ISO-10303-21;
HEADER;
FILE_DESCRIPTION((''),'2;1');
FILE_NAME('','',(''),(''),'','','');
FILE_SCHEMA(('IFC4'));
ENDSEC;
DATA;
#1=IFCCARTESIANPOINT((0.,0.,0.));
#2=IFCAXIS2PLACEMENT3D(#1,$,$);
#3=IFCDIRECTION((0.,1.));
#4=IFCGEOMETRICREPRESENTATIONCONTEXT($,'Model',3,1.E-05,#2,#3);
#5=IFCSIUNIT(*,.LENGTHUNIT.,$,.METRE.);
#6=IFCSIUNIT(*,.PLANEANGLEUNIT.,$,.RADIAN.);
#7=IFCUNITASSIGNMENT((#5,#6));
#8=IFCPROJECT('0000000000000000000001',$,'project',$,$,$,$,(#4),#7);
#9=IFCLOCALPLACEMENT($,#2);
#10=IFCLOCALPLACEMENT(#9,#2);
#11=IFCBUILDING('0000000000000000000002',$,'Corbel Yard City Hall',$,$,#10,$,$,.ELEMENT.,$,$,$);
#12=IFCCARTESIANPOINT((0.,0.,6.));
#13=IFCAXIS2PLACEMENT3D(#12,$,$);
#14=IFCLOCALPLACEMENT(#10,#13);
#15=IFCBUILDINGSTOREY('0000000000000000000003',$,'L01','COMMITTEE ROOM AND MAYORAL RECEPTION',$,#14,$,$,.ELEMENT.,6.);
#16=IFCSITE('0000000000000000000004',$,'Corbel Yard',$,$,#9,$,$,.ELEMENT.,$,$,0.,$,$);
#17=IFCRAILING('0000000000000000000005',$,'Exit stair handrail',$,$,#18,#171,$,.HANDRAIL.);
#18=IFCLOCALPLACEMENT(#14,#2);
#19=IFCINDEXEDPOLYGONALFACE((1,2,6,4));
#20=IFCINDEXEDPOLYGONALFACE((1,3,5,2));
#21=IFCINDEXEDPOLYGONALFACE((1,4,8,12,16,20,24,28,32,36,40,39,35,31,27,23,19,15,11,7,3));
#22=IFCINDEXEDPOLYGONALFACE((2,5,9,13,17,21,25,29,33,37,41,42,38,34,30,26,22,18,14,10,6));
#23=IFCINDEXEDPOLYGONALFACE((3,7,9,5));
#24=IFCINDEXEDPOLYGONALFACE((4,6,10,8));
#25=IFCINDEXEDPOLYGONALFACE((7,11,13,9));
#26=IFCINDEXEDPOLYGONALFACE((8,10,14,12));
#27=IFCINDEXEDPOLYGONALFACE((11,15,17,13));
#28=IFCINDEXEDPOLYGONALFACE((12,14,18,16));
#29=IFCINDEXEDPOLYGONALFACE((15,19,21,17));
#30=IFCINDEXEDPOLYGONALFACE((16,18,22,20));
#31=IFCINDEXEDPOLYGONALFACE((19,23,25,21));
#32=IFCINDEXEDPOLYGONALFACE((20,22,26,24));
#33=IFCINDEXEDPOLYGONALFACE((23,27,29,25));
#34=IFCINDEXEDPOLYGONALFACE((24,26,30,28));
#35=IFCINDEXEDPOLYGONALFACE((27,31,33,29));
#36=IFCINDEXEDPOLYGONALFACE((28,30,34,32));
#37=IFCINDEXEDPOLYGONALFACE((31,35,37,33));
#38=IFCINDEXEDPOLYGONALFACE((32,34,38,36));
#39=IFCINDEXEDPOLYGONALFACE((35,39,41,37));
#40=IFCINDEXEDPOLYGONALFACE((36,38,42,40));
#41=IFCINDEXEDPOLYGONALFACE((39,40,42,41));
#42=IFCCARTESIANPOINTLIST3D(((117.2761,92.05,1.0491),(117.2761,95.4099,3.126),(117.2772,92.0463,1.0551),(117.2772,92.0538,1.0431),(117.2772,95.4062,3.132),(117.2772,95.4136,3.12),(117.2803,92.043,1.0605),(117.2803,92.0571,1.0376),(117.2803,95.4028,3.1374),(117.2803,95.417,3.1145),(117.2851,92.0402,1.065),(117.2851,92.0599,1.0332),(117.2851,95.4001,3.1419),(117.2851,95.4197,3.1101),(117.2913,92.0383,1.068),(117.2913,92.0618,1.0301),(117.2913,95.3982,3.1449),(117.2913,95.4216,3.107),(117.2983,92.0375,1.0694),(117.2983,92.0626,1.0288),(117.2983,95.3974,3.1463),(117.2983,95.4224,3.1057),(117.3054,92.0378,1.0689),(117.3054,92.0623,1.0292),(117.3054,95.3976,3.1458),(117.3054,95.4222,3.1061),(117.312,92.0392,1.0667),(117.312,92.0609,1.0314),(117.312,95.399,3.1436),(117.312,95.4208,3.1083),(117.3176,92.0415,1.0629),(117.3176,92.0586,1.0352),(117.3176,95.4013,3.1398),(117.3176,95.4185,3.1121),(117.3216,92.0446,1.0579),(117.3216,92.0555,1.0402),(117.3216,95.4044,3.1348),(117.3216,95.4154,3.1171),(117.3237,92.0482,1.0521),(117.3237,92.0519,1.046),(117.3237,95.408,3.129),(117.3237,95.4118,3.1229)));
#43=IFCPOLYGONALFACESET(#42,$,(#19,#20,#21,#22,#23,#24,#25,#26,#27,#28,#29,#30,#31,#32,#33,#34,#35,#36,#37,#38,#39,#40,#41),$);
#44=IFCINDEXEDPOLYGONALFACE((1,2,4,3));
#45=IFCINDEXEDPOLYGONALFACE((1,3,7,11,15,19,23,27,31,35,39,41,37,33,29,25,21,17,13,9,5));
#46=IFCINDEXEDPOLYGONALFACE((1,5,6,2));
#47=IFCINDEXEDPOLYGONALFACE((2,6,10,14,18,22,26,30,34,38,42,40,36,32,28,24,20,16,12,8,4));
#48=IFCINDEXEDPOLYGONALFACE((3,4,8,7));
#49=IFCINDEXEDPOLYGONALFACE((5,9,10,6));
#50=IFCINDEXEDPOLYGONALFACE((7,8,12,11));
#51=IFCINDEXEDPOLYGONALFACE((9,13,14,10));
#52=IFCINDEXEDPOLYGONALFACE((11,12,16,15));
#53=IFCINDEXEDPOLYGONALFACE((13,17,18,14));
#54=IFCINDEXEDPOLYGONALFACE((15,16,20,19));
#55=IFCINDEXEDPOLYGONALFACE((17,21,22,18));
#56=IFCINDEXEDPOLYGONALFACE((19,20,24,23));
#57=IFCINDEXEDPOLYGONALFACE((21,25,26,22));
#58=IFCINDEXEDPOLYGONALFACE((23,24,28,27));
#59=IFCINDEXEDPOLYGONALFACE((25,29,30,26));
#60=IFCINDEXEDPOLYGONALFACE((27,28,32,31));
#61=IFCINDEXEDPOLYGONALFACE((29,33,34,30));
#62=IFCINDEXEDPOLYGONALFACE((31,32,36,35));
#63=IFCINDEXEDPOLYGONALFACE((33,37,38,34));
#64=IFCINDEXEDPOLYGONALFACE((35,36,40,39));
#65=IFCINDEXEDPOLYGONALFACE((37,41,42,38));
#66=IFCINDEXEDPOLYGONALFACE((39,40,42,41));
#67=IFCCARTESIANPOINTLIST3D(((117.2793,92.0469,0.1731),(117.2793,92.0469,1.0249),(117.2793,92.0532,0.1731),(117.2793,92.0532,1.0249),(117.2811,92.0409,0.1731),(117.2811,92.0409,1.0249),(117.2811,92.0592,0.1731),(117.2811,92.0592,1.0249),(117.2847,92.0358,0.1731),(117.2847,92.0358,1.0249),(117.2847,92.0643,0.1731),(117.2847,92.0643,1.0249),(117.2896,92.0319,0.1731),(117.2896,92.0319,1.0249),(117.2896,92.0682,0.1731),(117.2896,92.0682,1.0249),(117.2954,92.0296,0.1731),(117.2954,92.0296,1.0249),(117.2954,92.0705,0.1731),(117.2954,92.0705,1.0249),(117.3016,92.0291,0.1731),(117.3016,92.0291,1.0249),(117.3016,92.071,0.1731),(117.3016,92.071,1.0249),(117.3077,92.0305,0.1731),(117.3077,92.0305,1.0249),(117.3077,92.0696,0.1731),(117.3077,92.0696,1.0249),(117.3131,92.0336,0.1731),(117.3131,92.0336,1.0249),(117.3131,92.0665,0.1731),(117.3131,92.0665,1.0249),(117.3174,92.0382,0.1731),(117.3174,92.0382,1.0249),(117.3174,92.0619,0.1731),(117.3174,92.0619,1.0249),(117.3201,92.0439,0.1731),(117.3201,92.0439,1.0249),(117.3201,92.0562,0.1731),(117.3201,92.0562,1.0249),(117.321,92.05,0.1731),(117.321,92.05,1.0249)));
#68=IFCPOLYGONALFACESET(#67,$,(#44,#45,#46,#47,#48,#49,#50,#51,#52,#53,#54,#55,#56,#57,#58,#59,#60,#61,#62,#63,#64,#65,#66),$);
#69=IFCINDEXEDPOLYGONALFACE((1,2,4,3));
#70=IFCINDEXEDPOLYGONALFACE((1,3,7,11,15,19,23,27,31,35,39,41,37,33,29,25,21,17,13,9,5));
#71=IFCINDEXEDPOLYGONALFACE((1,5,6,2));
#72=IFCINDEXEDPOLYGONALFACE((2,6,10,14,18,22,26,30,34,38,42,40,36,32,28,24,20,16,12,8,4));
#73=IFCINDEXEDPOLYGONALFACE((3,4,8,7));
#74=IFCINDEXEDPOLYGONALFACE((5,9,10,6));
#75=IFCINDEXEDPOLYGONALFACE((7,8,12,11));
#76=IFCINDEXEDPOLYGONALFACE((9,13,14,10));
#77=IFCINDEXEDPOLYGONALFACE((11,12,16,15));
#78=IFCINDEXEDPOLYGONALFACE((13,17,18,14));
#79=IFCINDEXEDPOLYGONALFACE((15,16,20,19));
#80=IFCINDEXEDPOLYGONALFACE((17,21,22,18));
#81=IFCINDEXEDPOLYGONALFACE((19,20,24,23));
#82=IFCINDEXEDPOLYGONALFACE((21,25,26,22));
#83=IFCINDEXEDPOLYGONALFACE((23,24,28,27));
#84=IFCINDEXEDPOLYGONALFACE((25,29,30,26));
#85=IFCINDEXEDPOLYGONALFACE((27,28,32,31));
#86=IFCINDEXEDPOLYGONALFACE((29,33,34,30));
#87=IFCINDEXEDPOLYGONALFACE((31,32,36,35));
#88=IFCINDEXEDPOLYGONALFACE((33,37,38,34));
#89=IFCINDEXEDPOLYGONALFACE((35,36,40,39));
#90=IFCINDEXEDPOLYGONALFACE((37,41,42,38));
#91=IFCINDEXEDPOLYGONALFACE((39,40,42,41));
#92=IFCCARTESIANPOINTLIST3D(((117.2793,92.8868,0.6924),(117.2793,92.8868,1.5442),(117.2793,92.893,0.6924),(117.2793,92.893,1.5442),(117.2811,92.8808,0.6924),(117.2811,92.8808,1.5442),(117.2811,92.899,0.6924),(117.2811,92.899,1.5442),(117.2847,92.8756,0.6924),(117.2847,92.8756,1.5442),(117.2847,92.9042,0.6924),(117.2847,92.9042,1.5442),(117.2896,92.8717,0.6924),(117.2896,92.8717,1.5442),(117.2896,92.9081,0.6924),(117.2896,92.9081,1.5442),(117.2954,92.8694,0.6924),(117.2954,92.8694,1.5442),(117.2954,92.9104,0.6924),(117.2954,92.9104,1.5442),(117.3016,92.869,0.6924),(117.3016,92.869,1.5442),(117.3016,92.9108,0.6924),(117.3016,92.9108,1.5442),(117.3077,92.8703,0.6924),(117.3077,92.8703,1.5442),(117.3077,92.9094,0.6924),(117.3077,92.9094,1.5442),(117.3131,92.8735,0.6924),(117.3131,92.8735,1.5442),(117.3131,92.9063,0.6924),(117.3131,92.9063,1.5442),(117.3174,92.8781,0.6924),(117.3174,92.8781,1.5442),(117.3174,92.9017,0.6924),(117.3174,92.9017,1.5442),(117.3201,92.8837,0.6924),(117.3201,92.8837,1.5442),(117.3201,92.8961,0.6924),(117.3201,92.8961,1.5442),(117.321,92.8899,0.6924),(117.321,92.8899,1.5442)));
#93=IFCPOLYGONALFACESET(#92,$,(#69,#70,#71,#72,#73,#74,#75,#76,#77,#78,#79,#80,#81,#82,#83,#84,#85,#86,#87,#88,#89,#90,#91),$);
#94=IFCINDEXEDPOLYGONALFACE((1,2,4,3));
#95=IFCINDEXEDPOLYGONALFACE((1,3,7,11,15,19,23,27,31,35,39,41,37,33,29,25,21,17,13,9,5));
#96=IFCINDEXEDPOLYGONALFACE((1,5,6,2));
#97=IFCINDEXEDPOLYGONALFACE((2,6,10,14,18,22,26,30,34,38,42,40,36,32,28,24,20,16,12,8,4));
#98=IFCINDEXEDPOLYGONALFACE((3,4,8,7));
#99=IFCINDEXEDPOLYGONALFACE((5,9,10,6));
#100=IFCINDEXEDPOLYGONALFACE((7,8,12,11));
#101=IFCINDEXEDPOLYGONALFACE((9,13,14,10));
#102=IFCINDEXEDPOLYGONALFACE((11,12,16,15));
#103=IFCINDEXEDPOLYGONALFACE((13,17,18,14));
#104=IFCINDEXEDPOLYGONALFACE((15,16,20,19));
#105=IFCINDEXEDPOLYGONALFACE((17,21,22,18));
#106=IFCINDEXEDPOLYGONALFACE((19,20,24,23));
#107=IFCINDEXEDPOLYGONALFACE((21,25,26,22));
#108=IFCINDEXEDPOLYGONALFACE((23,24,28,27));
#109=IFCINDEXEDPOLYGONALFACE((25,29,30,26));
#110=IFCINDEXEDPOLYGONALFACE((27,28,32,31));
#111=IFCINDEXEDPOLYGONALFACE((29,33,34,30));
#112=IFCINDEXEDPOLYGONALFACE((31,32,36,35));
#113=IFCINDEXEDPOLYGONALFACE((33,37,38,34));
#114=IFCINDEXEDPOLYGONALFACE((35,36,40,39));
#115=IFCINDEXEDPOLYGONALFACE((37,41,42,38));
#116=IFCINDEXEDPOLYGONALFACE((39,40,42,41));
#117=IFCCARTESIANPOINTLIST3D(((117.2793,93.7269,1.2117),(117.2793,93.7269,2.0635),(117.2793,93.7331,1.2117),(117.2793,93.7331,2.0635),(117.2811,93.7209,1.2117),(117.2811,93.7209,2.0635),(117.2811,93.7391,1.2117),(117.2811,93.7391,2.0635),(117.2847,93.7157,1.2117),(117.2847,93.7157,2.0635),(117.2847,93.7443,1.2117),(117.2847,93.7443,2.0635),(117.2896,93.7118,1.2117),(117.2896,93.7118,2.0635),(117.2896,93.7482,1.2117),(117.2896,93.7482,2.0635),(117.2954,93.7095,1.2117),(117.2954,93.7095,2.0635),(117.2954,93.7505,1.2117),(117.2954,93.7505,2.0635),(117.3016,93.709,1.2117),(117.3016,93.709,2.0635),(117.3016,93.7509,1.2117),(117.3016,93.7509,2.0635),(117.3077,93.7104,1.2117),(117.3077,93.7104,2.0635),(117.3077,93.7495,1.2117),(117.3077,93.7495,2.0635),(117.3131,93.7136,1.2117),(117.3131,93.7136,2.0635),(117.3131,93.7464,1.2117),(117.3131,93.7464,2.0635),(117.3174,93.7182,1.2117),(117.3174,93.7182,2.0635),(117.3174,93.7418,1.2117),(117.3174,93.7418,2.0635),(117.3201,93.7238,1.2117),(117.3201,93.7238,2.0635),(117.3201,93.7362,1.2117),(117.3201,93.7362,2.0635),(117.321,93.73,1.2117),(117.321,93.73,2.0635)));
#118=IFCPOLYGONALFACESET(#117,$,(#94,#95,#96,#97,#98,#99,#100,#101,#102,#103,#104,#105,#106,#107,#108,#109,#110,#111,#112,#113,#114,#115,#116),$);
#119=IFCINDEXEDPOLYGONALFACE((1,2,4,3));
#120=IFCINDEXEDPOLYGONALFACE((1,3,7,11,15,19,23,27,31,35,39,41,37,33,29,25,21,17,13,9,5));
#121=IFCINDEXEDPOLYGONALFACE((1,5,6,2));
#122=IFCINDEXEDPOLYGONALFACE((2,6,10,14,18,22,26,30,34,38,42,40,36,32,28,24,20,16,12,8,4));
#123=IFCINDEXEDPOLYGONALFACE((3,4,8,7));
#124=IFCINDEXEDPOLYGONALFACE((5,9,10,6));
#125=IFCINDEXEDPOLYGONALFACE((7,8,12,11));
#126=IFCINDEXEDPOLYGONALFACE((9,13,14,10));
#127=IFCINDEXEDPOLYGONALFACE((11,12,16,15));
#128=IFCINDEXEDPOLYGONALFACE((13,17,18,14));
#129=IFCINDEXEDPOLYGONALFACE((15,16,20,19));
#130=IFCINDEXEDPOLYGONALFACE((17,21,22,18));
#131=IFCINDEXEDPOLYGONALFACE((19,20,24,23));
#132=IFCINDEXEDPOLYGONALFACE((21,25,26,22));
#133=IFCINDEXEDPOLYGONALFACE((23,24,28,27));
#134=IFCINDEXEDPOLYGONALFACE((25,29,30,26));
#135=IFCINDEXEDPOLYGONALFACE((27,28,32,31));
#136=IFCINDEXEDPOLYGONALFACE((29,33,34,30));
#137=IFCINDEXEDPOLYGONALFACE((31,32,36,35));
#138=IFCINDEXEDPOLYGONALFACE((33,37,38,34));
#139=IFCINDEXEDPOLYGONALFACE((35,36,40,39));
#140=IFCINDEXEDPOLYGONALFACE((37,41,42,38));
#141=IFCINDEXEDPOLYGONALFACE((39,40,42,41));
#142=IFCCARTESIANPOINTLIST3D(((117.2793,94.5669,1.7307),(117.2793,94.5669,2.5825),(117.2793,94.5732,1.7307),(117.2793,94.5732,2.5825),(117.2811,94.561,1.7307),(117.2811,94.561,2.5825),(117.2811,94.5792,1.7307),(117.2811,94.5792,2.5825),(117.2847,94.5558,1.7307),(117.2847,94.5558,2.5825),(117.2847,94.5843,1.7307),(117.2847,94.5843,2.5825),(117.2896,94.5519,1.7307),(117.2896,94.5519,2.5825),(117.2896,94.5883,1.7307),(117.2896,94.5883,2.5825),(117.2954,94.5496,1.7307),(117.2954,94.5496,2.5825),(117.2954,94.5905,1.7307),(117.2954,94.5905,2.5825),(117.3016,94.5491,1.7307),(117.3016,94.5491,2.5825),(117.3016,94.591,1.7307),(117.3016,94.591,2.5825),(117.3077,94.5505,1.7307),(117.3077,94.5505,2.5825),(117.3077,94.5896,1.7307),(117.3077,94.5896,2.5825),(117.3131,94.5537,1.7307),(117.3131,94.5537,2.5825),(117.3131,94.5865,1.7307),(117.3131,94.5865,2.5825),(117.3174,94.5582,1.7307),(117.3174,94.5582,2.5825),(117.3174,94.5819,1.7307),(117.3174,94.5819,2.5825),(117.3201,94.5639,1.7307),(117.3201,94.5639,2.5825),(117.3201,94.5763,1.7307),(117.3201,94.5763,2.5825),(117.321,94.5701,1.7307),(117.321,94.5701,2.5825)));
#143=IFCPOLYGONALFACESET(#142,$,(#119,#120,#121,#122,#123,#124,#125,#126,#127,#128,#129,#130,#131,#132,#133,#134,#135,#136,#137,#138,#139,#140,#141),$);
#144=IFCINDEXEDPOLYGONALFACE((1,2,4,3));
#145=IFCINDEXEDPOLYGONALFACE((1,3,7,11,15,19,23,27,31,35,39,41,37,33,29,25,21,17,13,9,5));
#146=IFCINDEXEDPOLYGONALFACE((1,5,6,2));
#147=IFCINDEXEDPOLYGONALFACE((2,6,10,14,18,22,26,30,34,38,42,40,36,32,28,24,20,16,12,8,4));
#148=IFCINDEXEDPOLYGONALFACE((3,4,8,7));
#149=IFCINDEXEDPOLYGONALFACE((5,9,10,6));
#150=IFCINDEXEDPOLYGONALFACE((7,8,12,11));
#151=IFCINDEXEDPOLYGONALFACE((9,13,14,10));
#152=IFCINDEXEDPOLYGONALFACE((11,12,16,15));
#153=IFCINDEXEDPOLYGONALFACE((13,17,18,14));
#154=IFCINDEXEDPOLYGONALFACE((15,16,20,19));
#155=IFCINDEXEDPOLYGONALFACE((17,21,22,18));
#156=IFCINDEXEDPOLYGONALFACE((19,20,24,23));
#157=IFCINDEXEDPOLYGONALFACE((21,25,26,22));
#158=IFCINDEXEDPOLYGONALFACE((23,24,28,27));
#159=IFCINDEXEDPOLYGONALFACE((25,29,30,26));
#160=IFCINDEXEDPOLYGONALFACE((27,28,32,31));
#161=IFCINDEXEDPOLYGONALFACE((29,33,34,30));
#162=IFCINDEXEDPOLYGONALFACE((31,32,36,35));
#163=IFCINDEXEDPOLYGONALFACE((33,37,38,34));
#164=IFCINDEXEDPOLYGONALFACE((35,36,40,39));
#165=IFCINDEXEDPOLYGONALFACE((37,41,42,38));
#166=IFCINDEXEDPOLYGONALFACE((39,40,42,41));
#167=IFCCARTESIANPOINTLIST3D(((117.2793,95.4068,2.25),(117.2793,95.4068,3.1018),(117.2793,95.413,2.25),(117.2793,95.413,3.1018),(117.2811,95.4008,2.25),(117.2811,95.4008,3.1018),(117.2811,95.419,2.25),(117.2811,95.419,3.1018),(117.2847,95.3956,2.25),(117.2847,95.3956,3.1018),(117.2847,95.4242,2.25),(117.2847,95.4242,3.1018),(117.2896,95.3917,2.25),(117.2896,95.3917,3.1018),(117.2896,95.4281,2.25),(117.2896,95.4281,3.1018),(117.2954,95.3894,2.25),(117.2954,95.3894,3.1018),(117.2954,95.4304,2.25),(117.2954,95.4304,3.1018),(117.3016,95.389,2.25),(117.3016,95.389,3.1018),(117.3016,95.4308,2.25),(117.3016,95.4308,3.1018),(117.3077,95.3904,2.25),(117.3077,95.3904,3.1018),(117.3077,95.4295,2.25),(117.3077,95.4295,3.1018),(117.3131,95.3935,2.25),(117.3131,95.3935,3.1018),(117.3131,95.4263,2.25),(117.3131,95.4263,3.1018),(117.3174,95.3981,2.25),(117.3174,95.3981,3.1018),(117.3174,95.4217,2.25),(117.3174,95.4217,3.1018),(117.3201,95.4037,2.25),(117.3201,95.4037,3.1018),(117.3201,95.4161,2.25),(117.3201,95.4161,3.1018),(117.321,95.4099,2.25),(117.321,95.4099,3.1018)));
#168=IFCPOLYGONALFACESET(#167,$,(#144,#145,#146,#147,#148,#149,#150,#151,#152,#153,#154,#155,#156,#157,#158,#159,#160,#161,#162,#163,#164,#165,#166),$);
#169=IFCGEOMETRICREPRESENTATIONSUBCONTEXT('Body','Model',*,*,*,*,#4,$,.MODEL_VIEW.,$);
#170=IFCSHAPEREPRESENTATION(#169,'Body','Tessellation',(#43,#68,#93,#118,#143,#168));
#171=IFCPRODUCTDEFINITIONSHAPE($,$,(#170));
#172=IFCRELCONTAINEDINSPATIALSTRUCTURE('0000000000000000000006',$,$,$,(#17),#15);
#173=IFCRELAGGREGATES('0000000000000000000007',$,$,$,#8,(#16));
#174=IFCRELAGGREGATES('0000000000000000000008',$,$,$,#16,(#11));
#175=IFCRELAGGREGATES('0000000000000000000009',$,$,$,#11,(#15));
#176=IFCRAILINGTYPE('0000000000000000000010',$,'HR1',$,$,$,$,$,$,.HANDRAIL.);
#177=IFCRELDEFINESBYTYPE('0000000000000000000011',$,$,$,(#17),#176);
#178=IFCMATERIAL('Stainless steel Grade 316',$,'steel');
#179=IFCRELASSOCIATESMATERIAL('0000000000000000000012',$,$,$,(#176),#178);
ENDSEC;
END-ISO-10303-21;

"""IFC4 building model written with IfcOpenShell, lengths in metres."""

from ifc_helpers import new_model, si_unit, direction, frame, origin, origin_2d, place, context, subcontext, project, spatial, circle, extrude, material, type_object, element, save


model = new_model("IFC4")

# Units and contexts
model_context = context("Model", 3, precision=1e-05, world=origin(), true_north=direction((0.0, 1.0)))
body_context = subcontext(model_context, "Body", "Model", "MODEL_VIEW")
ifc_project = project(units=[si_unit("LENGTHUNIT", "METRE"), si_unit("PLANEANGLEUNIT", "RADIAN")], contexts=[model_context])

# Site, building, storey
site_placement = place(None, origin())
site = spatial("IfcSite", under=ifc_project, at=site_placement, Name="Corbel Yard", CompositionType="ELEMENT", RefElevation=0.0)
building_placement = place(site_placement, origin())
building = spatial("IfcBuilding", under=site, at=building_placement, Name="Corbel Yard City Hall", CompositionType="ELEMENT")
storey_placement = place(building_placement, frame((0.0, 0.0, 6.0)))
storey = spatial("IfcBuildingStorey", under=building, at=storey_placement, Name="L01", Description="COMMITTEE ROOM AND MAYORAL RECEPTION", CompositionType="ELEMENT", Elevation=6.0)

# Railing
ifc_material_1 = material(Name="Stainless steel Grade 316", Category="steel")
railing_type_1 = type_object("IfcRailingType", Name="HR1", PredefinedType="HANDRAIL", material=ifc_material_1)
railing_1_placement = place(storey_placement, frame((117.3, 92.05, 0.1731)))
element("IfcRailing", 1, at=railing_1_placement, inside=storey, type_object=railing_type_1, Name="Exit stair handrail", PredefinedType="HANDRAIL", context=body_context, shape_type="SweptSolid", body=[
    extrude(circle(Radius=0.0239, at=origin_2d()), frame((0.0, 0.0, 0.876), z_axis=(0.0, 0.850606, 0.525803), x_axis=(-1.0, 0.0, 0.0)), (0.0, 0.0, 1.0), 3.95),
    extrude(circle(Radius=0.021, at=origin_2d()), origin(), (0.0, 0.0, 1.0), 0.8518),
    extrude(circle(Radius=0.021, at=origin_2d()), frame((0.0, 0.8398, 0.5193)), (0.0, 0.0, 1.0), 0.8518),
    extrude(circle(Radius=0.021, at=origin_2d()), frame((0.0, 1.6799, 1.0386)), (0.0, 0.0, 1.0), 0.8518),
    extrude(circle(Radius=0.021, at=origin_2d()), frame((0.0, 2.52, 1.5576)), (0.0, 0.0, 1.0), 0.8518),
    extrude(circle(Radius=0.021, at=origin_2d()), frame((0.0, 3.3599, 2.0769)), (0.0, 0.0, 1.0), 0.8518),
])

save(model, "model.ifc")
